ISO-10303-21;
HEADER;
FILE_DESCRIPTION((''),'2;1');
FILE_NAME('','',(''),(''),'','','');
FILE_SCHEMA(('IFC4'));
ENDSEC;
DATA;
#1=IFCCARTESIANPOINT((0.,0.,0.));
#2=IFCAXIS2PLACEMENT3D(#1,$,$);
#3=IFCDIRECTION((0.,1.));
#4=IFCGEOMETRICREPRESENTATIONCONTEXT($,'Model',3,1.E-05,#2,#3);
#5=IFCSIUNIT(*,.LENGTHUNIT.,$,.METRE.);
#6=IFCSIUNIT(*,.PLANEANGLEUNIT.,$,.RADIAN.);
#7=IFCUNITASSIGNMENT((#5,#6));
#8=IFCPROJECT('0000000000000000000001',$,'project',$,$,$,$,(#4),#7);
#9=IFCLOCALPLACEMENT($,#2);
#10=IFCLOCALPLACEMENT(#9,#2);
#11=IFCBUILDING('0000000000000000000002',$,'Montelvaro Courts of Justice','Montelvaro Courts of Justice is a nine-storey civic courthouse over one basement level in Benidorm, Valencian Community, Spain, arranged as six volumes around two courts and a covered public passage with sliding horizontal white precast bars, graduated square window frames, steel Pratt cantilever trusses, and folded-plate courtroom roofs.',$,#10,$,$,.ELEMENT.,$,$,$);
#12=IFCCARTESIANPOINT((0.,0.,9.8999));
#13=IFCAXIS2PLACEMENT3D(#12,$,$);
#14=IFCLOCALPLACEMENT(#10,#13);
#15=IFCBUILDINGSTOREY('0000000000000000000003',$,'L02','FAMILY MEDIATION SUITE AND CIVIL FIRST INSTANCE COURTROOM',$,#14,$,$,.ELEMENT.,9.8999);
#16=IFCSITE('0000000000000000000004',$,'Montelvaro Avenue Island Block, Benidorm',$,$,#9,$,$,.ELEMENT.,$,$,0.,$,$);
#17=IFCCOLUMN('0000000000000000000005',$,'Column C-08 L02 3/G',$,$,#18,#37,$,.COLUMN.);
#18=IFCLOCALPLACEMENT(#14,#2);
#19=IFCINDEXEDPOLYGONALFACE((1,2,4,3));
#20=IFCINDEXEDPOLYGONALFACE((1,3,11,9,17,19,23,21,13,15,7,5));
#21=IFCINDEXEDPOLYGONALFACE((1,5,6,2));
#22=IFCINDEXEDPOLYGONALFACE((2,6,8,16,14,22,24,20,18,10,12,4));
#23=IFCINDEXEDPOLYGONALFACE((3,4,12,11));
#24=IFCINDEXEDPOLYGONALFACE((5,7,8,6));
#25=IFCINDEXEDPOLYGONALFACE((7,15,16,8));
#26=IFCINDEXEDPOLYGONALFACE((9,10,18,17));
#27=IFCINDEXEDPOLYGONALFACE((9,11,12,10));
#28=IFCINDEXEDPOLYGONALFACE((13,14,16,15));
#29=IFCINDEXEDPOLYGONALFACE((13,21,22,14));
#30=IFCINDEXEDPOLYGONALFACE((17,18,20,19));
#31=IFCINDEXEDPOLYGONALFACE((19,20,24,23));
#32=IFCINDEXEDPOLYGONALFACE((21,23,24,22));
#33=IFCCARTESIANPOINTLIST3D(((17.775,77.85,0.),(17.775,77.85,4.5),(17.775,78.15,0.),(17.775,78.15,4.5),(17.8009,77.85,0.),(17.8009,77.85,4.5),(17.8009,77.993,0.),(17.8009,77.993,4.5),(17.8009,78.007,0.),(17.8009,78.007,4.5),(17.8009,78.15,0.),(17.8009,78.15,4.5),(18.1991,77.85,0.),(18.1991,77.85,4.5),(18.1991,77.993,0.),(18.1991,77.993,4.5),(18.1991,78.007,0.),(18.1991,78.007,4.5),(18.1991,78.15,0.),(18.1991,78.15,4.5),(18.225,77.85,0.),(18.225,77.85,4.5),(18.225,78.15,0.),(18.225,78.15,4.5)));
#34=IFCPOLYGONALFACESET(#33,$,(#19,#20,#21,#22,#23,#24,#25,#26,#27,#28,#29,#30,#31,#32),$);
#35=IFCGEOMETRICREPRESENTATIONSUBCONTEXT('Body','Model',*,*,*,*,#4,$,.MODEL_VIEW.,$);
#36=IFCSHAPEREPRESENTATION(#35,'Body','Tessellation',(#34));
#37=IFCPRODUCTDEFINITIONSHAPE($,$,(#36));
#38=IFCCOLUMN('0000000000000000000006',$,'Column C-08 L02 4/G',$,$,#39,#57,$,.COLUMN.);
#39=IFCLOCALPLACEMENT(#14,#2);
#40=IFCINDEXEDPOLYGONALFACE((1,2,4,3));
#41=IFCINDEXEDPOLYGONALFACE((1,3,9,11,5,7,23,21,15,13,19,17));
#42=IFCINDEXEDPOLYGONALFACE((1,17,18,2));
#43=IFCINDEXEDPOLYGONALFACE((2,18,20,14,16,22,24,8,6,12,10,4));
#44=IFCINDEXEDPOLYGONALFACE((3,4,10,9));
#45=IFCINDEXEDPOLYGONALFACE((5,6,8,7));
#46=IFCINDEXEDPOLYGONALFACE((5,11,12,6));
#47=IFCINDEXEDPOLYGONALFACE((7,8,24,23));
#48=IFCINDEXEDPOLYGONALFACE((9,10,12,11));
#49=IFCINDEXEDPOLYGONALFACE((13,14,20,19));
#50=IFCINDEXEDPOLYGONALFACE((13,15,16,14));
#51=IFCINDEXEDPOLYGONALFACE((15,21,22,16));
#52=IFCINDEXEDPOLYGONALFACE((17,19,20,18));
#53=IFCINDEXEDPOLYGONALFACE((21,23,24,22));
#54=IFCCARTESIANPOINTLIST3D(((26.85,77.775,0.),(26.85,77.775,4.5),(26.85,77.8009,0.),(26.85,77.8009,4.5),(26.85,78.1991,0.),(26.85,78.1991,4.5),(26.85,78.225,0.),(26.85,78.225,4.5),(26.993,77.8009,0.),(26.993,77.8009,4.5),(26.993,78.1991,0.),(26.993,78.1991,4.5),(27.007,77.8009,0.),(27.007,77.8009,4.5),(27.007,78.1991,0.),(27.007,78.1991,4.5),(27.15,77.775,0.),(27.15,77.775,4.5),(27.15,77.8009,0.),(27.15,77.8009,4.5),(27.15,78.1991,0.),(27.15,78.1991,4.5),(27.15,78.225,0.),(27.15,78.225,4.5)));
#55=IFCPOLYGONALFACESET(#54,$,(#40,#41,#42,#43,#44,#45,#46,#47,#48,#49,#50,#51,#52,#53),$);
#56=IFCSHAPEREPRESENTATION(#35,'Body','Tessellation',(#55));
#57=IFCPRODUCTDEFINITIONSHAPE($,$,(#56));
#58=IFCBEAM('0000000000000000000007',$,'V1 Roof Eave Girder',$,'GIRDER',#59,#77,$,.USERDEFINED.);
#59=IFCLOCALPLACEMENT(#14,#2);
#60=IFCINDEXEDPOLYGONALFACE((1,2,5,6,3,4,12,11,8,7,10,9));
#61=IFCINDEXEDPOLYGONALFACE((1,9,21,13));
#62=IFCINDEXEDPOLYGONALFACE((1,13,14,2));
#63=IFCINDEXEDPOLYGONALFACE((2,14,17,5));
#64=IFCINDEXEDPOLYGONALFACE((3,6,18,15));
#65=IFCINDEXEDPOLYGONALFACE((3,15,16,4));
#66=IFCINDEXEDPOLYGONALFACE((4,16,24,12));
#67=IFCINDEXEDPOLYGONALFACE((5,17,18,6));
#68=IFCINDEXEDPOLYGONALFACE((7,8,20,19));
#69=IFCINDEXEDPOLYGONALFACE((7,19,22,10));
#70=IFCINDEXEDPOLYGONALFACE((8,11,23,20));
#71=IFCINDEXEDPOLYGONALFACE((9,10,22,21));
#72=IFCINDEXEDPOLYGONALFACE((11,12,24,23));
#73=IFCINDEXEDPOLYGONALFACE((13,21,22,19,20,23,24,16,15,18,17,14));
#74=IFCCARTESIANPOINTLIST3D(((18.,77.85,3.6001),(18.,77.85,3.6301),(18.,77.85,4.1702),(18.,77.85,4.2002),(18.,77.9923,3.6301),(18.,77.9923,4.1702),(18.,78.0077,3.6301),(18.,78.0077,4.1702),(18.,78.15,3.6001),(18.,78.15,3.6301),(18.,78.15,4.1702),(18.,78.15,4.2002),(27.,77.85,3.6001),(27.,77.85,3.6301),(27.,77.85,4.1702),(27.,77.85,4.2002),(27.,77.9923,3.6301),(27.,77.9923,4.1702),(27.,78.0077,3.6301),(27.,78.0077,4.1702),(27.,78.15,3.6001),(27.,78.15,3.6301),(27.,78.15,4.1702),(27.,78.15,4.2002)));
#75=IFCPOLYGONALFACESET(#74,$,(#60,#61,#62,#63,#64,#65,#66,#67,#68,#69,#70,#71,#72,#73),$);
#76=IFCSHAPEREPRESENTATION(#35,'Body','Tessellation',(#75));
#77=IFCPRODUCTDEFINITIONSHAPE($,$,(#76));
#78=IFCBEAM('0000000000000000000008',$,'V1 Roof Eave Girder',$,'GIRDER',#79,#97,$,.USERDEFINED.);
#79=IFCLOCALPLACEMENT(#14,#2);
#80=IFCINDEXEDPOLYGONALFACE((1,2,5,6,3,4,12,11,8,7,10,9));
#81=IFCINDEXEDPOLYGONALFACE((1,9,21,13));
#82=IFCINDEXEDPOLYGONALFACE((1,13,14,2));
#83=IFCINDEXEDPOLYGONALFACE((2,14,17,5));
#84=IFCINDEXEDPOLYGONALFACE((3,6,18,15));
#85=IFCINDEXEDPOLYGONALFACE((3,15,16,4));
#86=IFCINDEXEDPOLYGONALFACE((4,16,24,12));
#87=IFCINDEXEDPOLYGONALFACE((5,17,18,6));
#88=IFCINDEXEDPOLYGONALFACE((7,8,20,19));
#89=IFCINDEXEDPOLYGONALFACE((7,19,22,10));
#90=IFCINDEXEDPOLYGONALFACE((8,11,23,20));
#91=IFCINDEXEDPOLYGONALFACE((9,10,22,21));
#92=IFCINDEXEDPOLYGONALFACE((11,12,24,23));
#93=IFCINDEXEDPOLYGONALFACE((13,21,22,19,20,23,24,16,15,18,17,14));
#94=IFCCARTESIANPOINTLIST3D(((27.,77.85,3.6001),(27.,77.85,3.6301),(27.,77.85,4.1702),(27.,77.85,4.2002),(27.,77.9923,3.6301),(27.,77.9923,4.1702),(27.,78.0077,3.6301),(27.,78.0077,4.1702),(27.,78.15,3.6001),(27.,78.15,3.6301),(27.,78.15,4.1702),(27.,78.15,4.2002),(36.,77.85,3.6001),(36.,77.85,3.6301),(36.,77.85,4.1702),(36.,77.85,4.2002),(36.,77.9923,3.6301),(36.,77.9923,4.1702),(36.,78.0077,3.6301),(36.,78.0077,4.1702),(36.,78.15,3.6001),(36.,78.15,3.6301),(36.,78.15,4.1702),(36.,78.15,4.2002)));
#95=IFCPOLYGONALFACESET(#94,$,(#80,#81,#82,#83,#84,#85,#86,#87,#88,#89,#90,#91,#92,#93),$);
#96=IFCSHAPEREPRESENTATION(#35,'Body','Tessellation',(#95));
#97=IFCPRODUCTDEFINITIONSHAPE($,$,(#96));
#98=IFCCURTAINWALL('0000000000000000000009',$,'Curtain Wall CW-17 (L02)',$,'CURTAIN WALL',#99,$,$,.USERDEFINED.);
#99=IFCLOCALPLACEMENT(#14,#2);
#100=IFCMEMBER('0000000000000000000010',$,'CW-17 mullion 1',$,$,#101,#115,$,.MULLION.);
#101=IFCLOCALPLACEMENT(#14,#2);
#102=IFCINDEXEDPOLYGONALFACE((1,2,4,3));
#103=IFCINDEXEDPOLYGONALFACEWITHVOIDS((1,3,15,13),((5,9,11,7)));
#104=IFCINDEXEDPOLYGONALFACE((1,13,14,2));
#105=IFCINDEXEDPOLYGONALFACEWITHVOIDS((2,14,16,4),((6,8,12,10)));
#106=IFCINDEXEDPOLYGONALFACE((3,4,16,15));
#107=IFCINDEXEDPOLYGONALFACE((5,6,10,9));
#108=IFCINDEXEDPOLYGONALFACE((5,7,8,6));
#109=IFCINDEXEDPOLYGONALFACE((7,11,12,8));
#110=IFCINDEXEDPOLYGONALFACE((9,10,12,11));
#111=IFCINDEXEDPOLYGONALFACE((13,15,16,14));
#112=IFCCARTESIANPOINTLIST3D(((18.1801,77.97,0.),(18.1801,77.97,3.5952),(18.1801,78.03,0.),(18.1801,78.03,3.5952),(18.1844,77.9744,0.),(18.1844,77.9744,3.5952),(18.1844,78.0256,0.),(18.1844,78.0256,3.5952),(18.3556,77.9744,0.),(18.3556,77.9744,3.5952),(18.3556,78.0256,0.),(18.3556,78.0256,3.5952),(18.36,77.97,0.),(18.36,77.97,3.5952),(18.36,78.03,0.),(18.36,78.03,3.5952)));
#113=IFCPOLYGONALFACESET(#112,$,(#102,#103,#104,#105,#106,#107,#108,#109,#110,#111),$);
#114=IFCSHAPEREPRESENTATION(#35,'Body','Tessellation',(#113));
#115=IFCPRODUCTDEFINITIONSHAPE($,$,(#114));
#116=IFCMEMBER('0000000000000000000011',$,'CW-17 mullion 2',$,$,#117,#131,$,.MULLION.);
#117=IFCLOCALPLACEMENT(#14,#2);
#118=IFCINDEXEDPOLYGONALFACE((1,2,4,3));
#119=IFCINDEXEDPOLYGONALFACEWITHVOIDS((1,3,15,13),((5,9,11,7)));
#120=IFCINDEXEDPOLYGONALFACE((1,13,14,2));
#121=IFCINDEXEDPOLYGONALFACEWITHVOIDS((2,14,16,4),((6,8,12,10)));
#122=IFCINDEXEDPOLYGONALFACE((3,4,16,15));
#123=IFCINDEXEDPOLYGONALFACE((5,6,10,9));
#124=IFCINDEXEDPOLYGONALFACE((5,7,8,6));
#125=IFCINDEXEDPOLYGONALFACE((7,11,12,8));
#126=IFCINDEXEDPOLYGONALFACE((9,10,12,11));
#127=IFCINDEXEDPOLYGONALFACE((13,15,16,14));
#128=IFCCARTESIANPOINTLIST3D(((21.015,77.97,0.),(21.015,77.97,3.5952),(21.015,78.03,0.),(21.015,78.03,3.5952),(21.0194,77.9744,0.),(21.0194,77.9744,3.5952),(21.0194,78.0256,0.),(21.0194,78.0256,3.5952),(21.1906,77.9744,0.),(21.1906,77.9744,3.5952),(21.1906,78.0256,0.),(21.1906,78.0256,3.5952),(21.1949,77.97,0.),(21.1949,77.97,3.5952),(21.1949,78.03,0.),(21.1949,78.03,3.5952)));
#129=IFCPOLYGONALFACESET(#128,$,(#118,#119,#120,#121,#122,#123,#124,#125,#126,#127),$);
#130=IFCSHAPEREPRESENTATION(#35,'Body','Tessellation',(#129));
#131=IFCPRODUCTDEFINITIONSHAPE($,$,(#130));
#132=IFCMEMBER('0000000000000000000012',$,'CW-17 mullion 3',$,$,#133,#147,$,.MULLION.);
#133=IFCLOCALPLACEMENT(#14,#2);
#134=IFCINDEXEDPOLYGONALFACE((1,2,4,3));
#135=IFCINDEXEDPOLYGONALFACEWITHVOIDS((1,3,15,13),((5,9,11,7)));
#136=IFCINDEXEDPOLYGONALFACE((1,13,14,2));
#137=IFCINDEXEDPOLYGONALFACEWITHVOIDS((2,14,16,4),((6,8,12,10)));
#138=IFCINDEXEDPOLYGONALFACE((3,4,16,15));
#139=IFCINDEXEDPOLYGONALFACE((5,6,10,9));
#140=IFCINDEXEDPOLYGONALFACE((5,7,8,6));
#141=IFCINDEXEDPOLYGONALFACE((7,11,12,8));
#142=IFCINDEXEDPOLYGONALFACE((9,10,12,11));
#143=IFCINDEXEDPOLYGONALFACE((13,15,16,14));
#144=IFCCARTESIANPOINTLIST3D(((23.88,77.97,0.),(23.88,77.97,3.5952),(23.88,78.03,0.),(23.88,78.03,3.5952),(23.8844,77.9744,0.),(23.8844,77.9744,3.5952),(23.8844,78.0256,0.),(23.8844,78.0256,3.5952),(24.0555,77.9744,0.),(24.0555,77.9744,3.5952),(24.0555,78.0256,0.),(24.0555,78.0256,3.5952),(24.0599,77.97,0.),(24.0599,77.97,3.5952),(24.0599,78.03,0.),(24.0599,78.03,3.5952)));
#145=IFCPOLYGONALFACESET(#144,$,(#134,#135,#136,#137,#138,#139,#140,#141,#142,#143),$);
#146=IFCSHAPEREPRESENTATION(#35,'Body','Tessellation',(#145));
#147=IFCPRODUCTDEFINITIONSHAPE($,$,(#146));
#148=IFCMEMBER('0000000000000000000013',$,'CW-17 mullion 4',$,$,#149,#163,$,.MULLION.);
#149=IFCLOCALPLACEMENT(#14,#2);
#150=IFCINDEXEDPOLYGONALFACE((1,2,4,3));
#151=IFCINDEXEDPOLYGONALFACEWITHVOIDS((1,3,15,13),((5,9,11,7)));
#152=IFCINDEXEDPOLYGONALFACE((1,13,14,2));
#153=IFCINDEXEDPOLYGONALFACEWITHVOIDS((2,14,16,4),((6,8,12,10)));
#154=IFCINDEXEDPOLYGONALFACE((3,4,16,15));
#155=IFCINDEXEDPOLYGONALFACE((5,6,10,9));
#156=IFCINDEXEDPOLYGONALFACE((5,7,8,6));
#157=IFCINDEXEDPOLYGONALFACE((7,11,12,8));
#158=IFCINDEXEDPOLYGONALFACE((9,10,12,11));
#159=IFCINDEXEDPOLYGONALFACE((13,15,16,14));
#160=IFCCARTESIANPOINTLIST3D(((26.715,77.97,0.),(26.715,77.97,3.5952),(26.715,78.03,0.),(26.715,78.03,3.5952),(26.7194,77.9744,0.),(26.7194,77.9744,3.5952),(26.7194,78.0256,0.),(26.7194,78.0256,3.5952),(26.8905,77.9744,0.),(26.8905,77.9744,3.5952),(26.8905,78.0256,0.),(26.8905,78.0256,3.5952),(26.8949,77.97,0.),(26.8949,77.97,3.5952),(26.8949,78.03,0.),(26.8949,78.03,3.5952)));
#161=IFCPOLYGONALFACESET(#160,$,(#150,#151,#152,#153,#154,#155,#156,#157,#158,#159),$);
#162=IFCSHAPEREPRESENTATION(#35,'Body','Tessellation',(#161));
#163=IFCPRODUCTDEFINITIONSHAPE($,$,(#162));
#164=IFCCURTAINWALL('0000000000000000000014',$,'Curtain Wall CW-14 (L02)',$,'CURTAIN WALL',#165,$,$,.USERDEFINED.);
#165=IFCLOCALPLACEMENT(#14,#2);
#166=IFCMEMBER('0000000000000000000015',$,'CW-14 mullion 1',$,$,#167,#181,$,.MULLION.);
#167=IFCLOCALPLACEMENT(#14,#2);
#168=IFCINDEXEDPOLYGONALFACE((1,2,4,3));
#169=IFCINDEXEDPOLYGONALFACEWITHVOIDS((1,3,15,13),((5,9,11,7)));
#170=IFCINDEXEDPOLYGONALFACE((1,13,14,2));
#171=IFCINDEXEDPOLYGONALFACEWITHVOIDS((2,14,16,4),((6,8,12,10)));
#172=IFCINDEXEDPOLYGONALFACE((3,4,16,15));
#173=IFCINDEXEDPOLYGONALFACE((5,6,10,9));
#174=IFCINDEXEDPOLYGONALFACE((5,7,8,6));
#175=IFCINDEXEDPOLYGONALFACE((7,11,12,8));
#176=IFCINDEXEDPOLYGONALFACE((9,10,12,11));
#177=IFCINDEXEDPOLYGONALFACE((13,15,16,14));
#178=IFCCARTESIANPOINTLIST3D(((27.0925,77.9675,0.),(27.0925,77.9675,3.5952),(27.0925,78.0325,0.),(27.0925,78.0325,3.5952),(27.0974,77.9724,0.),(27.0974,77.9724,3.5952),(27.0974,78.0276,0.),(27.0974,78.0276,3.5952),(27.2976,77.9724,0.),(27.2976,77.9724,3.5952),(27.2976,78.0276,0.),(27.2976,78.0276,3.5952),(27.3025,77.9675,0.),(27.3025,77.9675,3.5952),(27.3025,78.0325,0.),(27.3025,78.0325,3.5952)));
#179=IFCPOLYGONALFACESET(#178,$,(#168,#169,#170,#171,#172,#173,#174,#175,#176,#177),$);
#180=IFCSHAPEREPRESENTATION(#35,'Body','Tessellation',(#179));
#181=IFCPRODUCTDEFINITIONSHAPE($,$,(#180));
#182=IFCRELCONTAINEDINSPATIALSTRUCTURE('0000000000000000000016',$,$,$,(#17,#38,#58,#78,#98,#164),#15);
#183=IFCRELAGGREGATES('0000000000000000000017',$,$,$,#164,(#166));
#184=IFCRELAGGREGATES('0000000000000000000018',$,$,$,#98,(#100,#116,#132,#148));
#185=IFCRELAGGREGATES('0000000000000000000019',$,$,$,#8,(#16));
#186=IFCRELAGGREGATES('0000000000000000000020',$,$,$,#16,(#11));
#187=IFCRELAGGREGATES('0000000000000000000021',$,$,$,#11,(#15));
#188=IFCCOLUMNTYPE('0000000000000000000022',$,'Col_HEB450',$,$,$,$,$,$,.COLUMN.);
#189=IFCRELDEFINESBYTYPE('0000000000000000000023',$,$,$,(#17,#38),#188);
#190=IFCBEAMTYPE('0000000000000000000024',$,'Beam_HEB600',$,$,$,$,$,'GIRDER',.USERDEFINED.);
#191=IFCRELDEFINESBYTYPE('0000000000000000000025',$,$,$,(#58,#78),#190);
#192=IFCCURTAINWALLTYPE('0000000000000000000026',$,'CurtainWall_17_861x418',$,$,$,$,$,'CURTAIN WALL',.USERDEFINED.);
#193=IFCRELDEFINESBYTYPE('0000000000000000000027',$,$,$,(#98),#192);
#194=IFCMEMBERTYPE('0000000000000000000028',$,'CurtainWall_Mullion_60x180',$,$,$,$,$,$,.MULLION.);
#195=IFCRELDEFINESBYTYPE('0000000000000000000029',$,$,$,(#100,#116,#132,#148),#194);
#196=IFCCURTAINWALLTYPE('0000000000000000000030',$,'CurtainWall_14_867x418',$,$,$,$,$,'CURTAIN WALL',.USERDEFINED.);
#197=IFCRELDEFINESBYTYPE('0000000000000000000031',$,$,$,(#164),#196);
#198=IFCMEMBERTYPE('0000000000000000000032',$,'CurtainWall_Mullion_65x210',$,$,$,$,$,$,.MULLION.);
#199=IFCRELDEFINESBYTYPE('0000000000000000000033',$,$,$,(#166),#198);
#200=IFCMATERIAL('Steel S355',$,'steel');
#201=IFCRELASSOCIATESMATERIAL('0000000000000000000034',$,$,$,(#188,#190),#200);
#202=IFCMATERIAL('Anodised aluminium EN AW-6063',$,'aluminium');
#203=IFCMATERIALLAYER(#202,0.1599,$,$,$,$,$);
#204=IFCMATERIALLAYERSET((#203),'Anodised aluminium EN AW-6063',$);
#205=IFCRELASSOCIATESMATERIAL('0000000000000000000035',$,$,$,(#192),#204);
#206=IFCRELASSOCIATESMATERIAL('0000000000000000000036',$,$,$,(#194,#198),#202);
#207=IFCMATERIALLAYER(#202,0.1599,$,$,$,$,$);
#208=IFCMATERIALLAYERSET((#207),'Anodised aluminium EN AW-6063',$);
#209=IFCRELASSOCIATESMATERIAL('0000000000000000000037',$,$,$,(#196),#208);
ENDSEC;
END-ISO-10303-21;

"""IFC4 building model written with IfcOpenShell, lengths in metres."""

from ifc_helpers import new_model, si_unit, direction, frame, origin, origin_2d, place, context, subcontext, project, spatial, hollow_rectangle, i_section, extrude, material, layer, layer_set, material_profile, profile_set, type_object, element, aggregate, save


model = new_model("IFC4")

# Units and contexts
model_context = context("Model", 3, precision=1e-05, world=origin(), true_north=direction((0.0, 1.0)))
body_context = subcontext(model_context, "Body", "Model", "MODEL_VIEW")
ifc_project = project(units=[si_unit("LENGTHUNIT", "METRE"), si_unit("PLANEANGLEUNIT", "RADIAN")], contexts=[model_context])

# Site, building, storey
site_placement = place(None, origin())
site = spatial("IfcSite", under=ifc_project, at=site_placement, Name="Montelvaro Avenue Island Block, Benidorm", CompositionType="ELEMENT", RefElevation=0.0)
building_placement = place(site_placement, origin())
building = spatial("IfcBuilding", under=site, at=building_placement, Name="Montelvaro Courts of Justice", Description="Montelvaro Courts of Justice is a nine-storey civic courthouse over one basement level in Benidorm, Valencian Community, Spain, arranged as six volumes around two courts and a covered public passage with sliding horizontal white precast bars, graduated square window frames, steel Pratt cantilever trusses, and folded-plate courtroom roofs.", CompositionType="ELEMENT")
storey_placement = place(building_placement, frame((0.0, 0.0, 9.8999)))
storey = spatial("IfcBuildingStorey", under=building, at=storey_placement, Name="L02", Description="FAMILY MEDIATION SUITE AND CIVIL FIRST INSTANCE COURTROOM", CompositionType="ELEMENT", Elevation=9.8999)

# Columns
ifc_material_1 = material(Name="Steel S355", Category="steel")
ifc_material_profile_1 = material_profile(ifc_material_1, i_section(OverallWidth=0.3, OverallDepth=0.45, WebThickness=0.0139, FlangeThickness=0.0259, at=origin_2d()), Name="HEB 450")
ifc_profile_set_1 = profile_set([ifc_material_profile_1], Name="Steel S355")
column_type = type_object("IfcColumnType", Name="Col_HEB450", PredefinedType="COLUMN", material=ifc_profile_set_1)
for number, where, z_axis, x_axis, name in (
    (1, (18.0, 78.0, 0.0), (0.0, 0.0, 1.0), (0.0, 1.0, 0.0), "Column C-08 L02 3/G"),
    (2, (27.0, 78.0, 0.0), (0.0, 0.0, 1.0), (1.0, 0.0, 0.0), "Column C-08 L02 4/G"),
):
    element("IfcColumn", number, at=place(storey_placement, frame(where, z_axis=z_axis, x_axis=x_axis)), inside=storey, type_object=column_type, Name=name, PredefinedType="COLUMN", context=body_context, shape_type="SweptSolid", body=[
        extrude(i_section(OverallWidth=0.3, OverallDepth=0.45, WebThickness=0.0139, FlangeThickness=0.0259, at=origin_2d()), origin(), (0.0, 0.0, 1.0), 4.5),
    ])

# Beams
ifc_material_profile_2 = material_profile(ifc_material_1, i_section(OverallWidth=0.3, OverallDepth=0.6001, WebThickness=0.0154, FlangeThickness=0.03, at=origin_2d()), Name="HEB 600")
ifc_profile_set_2 = profile_set([ifc_material_profile_2], Name="Steel S355")
beam_type = type_object("IfcBeamType", Name="Beam_HEB600", ElementType="GIRDER", PredefinedType="USERDEFINED", material=ifc_profile_set_2)
for number, where, z_axis, x_axis, name in (
    (3, (18.0, 78.0, 3.9001), (1.0, 0.0, 0.0), (0.0, 1.0, 0.0), "V1 Roof Eave Girder"),
    (4, (27.0, 78.0, 3.9001), (1.0, 0.0, 0.0), (0.0, 1.0, 0.0), "V1 Roof Eave Girder"),
):
    element("IfcBeam", number, at=place(storey_placement, frame(where, z_axis=z_axis, x_axis=x_axis)), inside=storey, type_object=beam_type, Name=name, ObjectType="GIRDER", PredefinedType="USERDEFINED", context=body_context, shape_type="SweptSolid", body=[
        extrude(i_section(OverallWidth=0.3, OverallDepth=0.6001, WebThickness=0.0154, FlangeThickness=0.03, at=origin_2d()), origin(), (0.0, 0.0, 1.0), 9.0),
    ])

# Curtain wall, members
ifc_material_2 = material(Name="Anodised aluminium EN AW-6063", Category="aluminium")
ifc_layer_1 = layer(ifc_material_2, 0.1599)
ifc_layer_set_1 = layer_set([ifc_layer_1], Name="Anodised aluminium EN AW-6063")
curtain_wall_type_1 = type_object("IfcCurtainWallType", Name="CurtainWall_17_861x418", ElementType="CURTAIN WALL", PredefinedType="USERDEFINED", material=ifc_layer_set_1)
curtain_wall_1_placement = place(storey_placement, origin())
curtain_wall_1 = element("IfcCurtainWall", 5, at=curtain_wall_1_placement, inside=storey, type_object=curtain_wall_type_1, Name="Curtain Wall CW-17 (L02)", ObjectType="CURTAIN WALL", PredefinedType="USERDEFINED")
ifc_material_profile_3 = material_profile(ifc_material_2, hollow_rectangle(XDim=0.0601, YDim=0.1799, WallThickness=0.0044, at=origin_2d()), Name="ALU-M 60x180")
ifc_profile_set_3 = profile_set([ifc_material_profile_3], Name="Anodised aluminium EN AW-6063")
member_type_1 = type_object("IfcMemberType", Name="CurtainWall_Mullion_60x180", PredefinedType="MULLION", material=ifc_profile_set_3)
member_1_placement = place(storey_placement, frame((18.27, 78.0, 0.0), z_axis=(0.0, 0.0, 1.0), x_axis=(0.0, 1.0, 0.0)))
member_1 = element("IfcMember", 6, at=member_1_placement, type_object=member_type_1, Name="CW-17 mullion 1", PredefinedType="MULLION", context=body_context, shape_type="SweptSolid", body=[
    extrude(hollow_rectangle(XDim=0.0601, YDim=0.1799, WallThickness=0.0044, at=origin_2d()), origin(), (0.0, 0.0, 1.0), 3.5952),
])
member_2_placement = place(storey_placement, frame((21.105, 78.0, 0.0), z_axis=(0.0, 0.0, 1.0), x_axis=(0.0, 1.0, 0.0)))
member_2 = element("IfcMember", 7, at=member_2_placement, type_object=member_type_1, Name="CW-17 mullion 2", PredefinedType="MULLION", context=body_context, shape_type="SweptSolid", body=[
    extrude(hollow_rectangle(XDim=0.0601, YDim=0.1799, WallThickness=0.0044, at=origin_2d()), origin(), (0.0, 0.0, 1.0), 3.5952),
])
member_3_placement = place(storey_placement, frame((23.97, 78.0, 0.0), z_axis=(0.0, 0.0, 1.0), x_axis=(0.0, 1.0, 0.0)))
member_3 = element("IfcMember", 8, at=member_3_placement, type_object=member_type_1, Name="CW-17 mullion 3", PredefinedType="MULLION", context=body_context, shape_type="SweptSolid", body=[
    extrude(hollow_rectangle(XDim=0.0601, YDim=0.1799, WallThickness=0.0044, at=origin_2d()), origin(), (0.0, 0.0, 1.0), 3.5952),
])
member_4_placement = place(storey_placement, frame((26.8049, 78.0, 0.0), z_axis=(0.0, 0.0, 1.0), x_axis=(0.0, 1.0, 0.0)))
member_4 = element("IfcMember", 9, at=member_4_placement, type_object=member_type_1, Name="CW-17 mullion 4", PredefinedType="MULLION", context=body_context, shape_type="SweptSolid", body=[
    extrude(hollow_rectangle(XDim=0.0601, YDim=0.1799, WallThickness=0.0044, at=origin_2d()), origin(), (0.0, 0.0, 1.0), 3.5952),
])

# Curtain wall, member
ifc_layer_2 = layer(ifc_material_2, 0.1599)
ifc_layer_set_2 = layer_set([ifc_layer_2], Name="Anodised aluminium EN AW-6063")
curtain_wall_type_2 = type_object("IfcCurtainWallType", Name="CurtainWall_14_867x418", ElementType="CURTAIN WALL", PredefinedType="USERDEFINED", material=ifc_layer_set_2)
curtain_wall_2_placement = place(storey_placement, origin())
curtain_wall_2 = element("IfcCurtainWall", 10, at=curtain_wall_2_placement, inside=storey, type_object=curtain_wall_type_2, Name="Curtain Wall CW-14 (L02)", ObjectType="CURTAIN WALL", PredefinedType="USERDEFINED")
ifc_material_profile_4 = material_profile(ifc_material_2, hollow_rectangle(XDim=0.0649, YDim=0.21, WallThickness=0.0049, at=origin_2d()), Name="ALU-M 65x210")
ifc_profile_set_4 = profile_set([ifc_material_profile_4], Name="Anodised aluminium EN AW-6063")
member_type_2 = type_object("IfcMemberType", Name="CurtainWall_Mullion_65x210", PredefinedType="MULLION", material=ifc_profile_set_4)
member_5_placement = place(storey_placement, frame((27.1975, 78.0, 0.0), z_axis=(0.0, 0.0, 1.0), x_axis=(0.0, 1.0, 0.0)))
member_5 = element("IfcMember", 11, at=member_5_placement, type_object=member_type_2, Name="CW-14 mullion 1", PredefinedType="MULLION", context=body_context, shape_type="SweptSolid", body=[
    extrude(hollow_rectangle(XDim=0.0649, YDim=0.21, WallThickness=0.0049, at=origin_2d()), origin(), (0.0, 0.0, 1.0), 3.5952),
])
aggregate(curtain_wall_2, [member_5])

aggregate(curtain_wall_1, [member_1, member_2, member_3, member_4])

save(model, "model.ifc")
